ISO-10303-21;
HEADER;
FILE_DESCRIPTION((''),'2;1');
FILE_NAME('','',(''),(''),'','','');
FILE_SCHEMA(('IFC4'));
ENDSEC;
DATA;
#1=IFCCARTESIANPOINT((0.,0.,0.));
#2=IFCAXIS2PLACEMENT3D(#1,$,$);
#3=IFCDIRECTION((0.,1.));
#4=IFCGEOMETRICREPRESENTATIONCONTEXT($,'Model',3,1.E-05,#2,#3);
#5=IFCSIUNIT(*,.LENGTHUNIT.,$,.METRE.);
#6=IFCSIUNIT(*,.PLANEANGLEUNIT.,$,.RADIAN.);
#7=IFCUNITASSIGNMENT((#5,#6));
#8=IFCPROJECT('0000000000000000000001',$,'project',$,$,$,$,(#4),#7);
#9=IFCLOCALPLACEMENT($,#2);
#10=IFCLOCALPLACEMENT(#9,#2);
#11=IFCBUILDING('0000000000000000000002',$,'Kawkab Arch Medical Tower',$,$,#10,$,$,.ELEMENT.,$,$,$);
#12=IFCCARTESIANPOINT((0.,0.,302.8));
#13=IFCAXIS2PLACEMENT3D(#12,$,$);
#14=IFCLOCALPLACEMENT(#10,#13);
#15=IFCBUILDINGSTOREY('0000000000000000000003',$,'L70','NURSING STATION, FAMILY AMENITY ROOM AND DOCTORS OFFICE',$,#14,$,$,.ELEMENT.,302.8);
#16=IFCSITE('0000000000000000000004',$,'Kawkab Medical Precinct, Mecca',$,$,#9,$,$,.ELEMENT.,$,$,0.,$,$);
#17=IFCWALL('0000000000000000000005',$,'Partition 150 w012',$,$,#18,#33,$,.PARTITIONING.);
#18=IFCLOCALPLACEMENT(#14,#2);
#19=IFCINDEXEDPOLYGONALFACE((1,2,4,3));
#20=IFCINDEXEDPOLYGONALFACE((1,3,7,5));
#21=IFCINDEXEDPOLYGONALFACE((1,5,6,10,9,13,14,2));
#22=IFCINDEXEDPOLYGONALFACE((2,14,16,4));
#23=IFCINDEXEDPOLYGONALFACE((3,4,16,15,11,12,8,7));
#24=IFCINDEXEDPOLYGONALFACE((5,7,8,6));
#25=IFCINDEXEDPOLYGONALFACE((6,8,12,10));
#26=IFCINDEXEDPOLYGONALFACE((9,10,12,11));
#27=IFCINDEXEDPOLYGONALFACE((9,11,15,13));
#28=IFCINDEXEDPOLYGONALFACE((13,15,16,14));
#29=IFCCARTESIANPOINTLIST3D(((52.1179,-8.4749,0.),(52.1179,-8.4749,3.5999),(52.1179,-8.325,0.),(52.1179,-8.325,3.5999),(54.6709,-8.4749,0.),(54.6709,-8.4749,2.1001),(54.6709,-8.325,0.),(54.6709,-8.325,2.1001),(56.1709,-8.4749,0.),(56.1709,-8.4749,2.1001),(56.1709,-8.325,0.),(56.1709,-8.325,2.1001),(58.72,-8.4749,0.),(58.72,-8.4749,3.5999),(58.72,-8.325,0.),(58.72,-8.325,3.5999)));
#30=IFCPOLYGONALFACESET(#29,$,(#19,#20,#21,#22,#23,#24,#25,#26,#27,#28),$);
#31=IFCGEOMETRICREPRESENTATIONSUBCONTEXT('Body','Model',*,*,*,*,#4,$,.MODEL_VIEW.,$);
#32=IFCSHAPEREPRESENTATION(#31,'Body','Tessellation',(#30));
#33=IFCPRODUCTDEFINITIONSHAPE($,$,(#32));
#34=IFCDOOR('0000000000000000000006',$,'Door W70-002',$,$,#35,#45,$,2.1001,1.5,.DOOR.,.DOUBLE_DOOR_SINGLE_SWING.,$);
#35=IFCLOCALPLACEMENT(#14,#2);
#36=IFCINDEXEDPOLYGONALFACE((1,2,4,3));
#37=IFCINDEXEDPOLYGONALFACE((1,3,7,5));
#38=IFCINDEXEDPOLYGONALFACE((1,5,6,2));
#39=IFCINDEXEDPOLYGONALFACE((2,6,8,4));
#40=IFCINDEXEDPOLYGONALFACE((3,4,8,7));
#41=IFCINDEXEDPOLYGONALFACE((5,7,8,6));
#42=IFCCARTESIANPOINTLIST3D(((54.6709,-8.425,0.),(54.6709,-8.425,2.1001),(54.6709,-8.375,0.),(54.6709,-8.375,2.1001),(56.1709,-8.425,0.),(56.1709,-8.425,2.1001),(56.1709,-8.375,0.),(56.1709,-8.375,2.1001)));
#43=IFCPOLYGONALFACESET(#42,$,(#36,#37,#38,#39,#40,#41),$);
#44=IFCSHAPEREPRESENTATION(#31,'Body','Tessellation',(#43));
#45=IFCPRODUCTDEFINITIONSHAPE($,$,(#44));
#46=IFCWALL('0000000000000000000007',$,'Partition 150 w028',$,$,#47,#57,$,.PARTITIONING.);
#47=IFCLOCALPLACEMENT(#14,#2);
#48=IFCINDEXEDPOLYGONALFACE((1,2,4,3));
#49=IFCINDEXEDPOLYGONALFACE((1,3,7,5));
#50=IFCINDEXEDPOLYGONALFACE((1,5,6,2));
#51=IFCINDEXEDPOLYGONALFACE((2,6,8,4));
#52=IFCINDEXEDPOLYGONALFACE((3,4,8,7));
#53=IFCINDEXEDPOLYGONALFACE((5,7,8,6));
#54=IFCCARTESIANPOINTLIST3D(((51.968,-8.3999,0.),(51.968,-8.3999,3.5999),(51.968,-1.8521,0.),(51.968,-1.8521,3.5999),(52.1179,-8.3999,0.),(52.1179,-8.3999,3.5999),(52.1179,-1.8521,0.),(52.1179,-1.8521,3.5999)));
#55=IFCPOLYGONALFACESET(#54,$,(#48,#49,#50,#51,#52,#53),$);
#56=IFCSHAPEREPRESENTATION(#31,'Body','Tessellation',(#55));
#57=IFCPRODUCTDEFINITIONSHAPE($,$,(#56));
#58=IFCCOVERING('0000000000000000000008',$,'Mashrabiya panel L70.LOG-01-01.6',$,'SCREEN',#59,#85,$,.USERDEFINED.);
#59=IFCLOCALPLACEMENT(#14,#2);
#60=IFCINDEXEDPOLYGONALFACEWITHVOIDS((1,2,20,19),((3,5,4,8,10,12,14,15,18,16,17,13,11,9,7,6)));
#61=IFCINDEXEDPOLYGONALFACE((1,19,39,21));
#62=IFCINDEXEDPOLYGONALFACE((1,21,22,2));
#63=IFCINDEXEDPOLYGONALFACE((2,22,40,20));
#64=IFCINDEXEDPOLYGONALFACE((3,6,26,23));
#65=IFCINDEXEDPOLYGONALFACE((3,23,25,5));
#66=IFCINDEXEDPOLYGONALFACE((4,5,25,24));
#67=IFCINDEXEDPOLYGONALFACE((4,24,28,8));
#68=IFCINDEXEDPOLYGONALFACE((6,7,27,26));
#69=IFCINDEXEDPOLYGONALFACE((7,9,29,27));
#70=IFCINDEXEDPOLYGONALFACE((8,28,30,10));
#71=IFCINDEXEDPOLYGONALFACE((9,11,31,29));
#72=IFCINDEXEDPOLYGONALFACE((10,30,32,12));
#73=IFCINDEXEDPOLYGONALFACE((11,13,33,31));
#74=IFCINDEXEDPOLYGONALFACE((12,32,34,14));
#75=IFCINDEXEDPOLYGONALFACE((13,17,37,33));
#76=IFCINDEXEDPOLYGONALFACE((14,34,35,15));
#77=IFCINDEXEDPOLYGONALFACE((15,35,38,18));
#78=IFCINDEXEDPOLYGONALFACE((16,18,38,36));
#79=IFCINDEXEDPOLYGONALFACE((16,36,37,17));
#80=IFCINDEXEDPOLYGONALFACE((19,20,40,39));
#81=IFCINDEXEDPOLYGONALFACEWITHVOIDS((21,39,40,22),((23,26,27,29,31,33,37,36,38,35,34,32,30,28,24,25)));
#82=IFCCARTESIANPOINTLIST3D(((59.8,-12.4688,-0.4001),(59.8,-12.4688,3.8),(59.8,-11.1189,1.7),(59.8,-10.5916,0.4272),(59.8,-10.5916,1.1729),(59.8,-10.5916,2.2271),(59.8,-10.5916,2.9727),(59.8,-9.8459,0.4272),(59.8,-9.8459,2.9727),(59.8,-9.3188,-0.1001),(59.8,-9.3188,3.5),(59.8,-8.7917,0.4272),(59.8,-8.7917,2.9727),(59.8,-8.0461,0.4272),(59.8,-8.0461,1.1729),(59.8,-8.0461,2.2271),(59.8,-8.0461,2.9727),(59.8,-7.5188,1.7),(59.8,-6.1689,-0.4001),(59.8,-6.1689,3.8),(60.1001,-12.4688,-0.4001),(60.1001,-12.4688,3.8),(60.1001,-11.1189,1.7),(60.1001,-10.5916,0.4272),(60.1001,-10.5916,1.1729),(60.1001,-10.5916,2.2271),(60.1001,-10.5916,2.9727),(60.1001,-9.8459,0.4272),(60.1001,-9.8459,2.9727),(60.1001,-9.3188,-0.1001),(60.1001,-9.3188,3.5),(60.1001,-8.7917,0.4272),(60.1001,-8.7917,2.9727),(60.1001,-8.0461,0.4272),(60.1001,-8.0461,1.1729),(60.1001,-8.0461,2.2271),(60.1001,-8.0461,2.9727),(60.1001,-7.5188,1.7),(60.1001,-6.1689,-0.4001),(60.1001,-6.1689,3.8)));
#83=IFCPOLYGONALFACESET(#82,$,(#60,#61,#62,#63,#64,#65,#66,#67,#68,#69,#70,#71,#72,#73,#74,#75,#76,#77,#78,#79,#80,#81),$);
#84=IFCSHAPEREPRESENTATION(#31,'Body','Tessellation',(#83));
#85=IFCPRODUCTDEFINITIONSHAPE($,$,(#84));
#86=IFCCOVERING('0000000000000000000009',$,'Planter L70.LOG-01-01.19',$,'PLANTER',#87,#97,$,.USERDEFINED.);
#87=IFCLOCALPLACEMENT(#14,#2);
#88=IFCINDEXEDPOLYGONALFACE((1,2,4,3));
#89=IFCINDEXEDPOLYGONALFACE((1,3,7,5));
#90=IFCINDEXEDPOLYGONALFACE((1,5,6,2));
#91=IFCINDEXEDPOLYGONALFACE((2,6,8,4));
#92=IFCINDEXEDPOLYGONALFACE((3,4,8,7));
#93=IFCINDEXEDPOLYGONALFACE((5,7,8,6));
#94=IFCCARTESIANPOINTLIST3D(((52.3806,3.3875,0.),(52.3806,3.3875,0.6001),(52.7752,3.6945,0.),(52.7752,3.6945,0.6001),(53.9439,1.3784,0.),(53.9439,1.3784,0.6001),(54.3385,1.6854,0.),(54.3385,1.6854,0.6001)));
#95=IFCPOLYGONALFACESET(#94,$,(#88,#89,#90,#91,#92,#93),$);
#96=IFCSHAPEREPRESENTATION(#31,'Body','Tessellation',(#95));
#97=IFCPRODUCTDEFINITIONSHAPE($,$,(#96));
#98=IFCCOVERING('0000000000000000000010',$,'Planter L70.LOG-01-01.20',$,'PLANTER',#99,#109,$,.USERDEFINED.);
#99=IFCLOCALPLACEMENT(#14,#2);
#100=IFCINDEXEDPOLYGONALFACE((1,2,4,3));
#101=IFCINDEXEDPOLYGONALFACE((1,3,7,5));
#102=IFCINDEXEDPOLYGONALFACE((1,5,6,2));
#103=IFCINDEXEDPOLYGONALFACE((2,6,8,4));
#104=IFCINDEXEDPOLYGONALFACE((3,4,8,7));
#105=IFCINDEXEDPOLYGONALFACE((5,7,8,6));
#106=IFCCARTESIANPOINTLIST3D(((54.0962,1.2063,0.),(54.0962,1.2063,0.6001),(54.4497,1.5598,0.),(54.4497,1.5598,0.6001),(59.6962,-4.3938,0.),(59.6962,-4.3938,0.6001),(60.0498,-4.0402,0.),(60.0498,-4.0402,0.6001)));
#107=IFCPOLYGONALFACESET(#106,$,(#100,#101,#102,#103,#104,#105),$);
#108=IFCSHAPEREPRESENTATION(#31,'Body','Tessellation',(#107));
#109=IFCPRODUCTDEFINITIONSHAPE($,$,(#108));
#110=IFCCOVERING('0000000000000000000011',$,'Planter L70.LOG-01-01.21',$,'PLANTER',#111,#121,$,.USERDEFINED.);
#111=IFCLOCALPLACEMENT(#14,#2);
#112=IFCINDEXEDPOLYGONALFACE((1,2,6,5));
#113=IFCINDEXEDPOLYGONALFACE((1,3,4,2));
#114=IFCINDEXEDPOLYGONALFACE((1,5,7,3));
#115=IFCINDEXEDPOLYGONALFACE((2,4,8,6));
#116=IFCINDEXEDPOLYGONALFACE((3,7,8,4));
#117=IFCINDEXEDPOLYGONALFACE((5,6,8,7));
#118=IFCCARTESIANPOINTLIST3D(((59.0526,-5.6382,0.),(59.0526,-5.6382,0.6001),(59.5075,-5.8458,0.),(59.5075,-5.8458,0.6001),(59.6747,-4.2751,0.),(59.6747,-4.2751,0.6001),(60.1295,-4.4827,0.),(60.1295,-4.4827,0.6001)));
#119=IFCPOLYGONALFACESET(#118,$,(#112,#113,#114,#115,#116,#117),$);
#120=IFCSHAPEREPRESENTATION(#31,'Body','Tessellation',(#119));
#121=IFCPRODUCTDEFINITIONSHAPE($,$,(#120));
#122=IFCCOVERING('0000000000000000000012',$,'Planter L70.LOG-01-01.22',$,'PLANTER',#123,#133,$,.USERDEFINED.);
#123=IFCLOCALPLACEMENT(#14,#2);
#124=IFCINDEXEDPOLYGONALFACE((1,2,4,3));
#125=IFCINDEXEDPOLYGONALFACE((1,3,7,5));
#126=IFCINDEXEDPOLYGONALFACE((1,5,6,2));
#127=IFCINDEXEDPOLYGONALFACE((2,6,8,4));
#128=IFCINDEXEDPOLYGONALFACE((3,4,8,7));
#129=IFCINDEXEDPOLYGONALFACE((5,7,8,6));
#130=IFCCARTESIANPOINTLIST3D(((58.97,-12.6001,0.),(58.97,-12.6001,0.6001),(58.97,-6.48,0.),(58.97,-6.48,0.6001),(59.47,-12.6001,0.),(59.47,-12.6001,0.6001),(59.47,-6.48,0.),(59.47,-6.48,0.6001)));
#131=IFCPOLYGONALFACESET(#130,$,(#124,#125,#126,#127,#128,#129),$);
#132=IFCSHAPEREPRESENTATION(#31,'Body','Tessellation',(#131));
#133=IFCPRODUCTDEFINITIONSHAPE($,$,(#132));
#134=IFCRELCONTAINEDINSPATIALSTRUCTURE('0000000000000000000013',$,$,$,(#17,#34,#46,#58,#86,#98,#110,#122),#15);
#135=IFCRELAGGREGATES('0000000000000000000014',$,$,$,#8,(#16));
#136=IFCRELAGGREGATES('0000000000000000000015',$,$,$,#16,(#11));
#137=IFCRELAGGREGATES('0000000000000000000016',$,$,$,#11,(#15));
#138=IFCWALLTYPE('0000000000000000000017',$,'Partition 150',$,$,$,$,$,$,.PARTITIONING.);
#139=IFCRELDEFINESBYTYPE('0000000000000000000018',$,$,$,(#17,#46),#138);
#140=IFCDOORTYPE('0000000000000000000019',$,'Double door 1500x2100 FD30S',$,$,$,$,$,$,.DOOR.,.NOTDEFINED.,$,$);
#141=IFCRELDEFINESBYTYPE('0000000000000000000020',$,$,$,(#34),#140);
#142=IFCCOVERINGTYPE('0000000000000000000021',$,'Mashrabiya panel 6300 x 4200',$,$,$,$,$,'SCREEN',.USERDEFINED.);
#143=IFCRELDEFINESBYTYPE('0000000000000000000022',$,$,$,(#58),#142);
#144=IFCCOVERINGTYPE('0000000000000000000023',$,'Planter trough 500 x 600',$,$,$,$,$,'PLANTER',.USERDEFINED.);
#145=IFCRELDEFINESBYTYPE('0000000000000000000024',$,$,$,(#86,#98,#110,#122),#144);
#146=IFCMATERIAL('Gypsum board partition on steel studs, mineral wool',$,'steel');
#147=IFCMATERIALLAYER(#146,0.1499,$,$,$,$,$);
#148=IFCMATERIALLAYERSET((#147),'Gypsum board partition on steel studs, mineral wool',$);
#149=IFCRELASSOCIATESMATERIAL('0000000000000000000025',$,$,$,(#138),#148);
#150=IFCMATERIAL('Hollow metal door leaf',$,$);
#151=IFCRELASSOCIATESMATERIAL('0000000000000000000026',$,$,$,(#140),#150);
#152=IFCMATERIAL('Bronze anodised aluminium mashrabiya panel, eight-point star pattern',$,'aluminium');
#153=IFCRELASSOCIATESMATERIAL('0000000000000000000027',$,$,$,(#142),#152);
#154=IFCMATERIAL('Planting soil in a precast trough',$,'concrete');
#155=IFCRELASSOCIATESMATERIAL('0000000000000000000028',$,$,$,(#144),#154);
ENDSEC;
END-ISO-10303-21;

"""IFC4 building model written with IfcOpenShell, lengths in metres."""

from ifc_helpers import new_model, si_unit, direction, frame, frame_2d, origin, origin_2d, place, context, subcontext, project, spatial, polyline, rectangle, outline, extrude, material, layer, layer_set, material_profile, profile_set, type_object, element, fill, save


model = new_model("IFC4")

# Units and contexts
model_context = context("Model", 3, precision=1e-05, world=origin(), true_north=direction((0.0, 1.0)))
body_context = subcontext(model_context, "Body", "Model", "MODEL_VIEW")
ifc_project = project(units=[si_unit("LENGTHUNIT", "METRE"), si_unit("PLANEANGLEUNIT", "RADIAN")], contexts=[model_context])

# Site, building, storey
site_placement = place(None, origin())
site = spatial("IfcSite", under=ifc_project, at=site_placement, Name="Kawkab Medical Precinct, Mecca", CompositionType="ELEMENT", RefElevation=0.0)
building_placement = place(site_placement, origin())
building = spatial("IfcBuilding", under=site, at=building_placement, Name="Kawkab Arch Medical Tower", CompositionType="ELEMENT")
storey_placement = place(building_placement, frame((0.0, 0.0, 302.8)))
storey = spatial("IfcBuildingStorey", under=building, at=storey_placement, Name="L70", Description="NURSING STATION, FAMILY AMENITY ROOM AND DOCTORS OFFICE", CompositionType="ELEMENT", Elevation=302.8)

# Wall, opening, door
ifc_material_1 = material(Name="Gypsum board partition on steel studs, mineral wool", Category="steel")
ifc_layer_1 = layer(ifc_material_1, 0.1499)
ifc_layer_set_1 = layer_set([ifc_layer_1], Name="Gypsum board partition on steel studs, mineral wool")
wall_type = type_object("IfcWallType", Name="Partition 150", PredefinedType="PARTITIONING", material=ifc_layer_set_1)
wall_1_placement = place(storey_placement, frame((52.1179, -8.3999, 0.0), z_axis=(0.0, 0.0, 1.0), x_axis=(1.0, 0.0, 0.0)))
wall_1 = element("IfcWall", 1, at=wall_1_placement, inside=storey, type_object=wall_type, Name="Partition 150 w012", PredefinedType="PARTITIONING", context=body_context, shape_type="SweptSolid", body=[
    extrude(rectangle(XDim=6.6021, YDim=0.1499, at=frame_2d((3.301, 0.0))), origin(), (0.0, 0.0, 1.0), 3.5999),
])
opening_placement = place(wall_1_placement, frame((2.553, 0.0, 0.0)))
opening = element("IfcOpeningElement", 2, at=opening_placement, cuts=wall_1, PredefinedType="OPENING", context=body_context, shape_type="SweptSolid", body=[
    extrude(rectangle(XDim=1.5, YDim=2.1001, at=frame_2d((0.75, 1.05))), frame((0.0, 0.085, 0.0), z_axis=(0.0, -1.0, 0.0), x_axis=(1.0, 0.0, 0.0)), (0.0, 0.0, 1.0), 0.1699),
])
ifc_material_2 = material(Name="Hollow metal door leaf")
door_type = type_object("IfcDoorType", Name="Double door 1500x2100 FD30S", OperationType="NOTDEFINED", PredefinedType="DOOR", material=ifc_material_2)
door_placement = place(opening_placement, origin())
door = element("IfcDoor", 3, at=door_placement, inside=storey, type_object=door_type, Name="Door W70-002", OperationType="DOUBLE_DOOR_SINGLE_SWING", OverallHeight=2.1001, OverallWidth=1.5, PredefinedType="DOOR", context=body_context, shape_type="SweptSolid", body=[
    extrude(rectangle(XDim=1.5, YDim=2.1001, at=frame_2d((0.75, 1.05))), frame((0.0, 0.0249, 0.0), z_axis=(0.0, -1.0, 0.0), x_axis=(1.0, 0.0, 0.0)), (0.0, 0.0, 1.0), 0.05),
])
fill(opening, door)

# Wall
wall_2_placement = place(storey_placement, frame((52.043, -8.3999, 0.0), z_axis=(0.0, 0.0, 1.0), x_axis=(0.0, 1.0, 0.0)))
element("IfcWall", 4, at=wall_2_placement, inside=storey, type_object=wall_type, Name="Partition 150 w028", PredefinedType="PARTITIONING", context=body_context, shape_type="SweptSolid", body=[
    extrude(rectangle(XDim=6.5479, YDim=0.1499, at=frame_2d((3.2739, 0.0))), origin(), (0.0, 0.0, 1.0), 3.5999),
])

# Coverings
ifc_material_3 = material(Name="Bronze anodised aluminium mashrabiya panel, eight-point star pattern", Category="aluminium")
ifc_material_profile_1 = material_profile(ifc_material_3, outline(polyline([(-3.1499, -2.1001), (3.1499, -2.1001), (3.1499, 2.1001), (-3.1499, 2.1001), (-3.1499, -2.1001)]), holes=[polyline([(1.8, 0.0), (1.2727, 0.5271), (1.2727, 1.2727), (0.5271, 1.2727), (0.0, 1.8), (-0.5271, 1.2727), (-1.2727, 1.2727), (-1.2727, 0.5271), (-1.8, 0.0), (-1.2727, -0.5271), (-1.2727, -1.2727), (-0.5271, -1.2727), (0.0, -1.8), (0.5271, -1.2727), (1.2727, -1.2727), (1.2727, -0.5271), (1.8, 0.0)])]), Name="Mashrabiya panel 6300x4200")
ifc_profile_set_1 = profile_set([ifc_material_profile_1], Name="Bronze anodised aluminium mashrabiya panel, eight-point star pattern")
covering_type_1 = type_object("IfcCoveringType", Name="Mashrabiya panel 6300 x 4200", ElementType="SCREEN", PredefinedType="USERDEFINED", material=ifc_profile_set_1)
covering_1_placement = place(storey_placement, frame((59.8, -9.3188, 1.7), z_axis=(1.0, 0.0, 0.0), x_axis=(0.0, 1.0, 0.0)))
element("IfcCovering", 5, at=covering_1_placement, inside=storey, type_object=covering_type_1, Name="Mashrabiya panel L70.LOG-01-01.6", ObjectType="SCREEN", PredefinedType="USERDEFINED", context=body_context, shape_type="SweptSolid", body=[
    extrude(outline(polyline([(-3.1499, -2.1001), (3.1499, -2.1001), (3.1499, 2.1001), (-3.1499, 2.1001), (-3.1499, -2.1001)]), holes=[polyline([(1.8, 0.0), (1.2727, 0.5271), (1.2727, 1.2727), (0.5271, 1.2727), (0.0, 1.8), (-0.5271, 1.2727), (-1.2727, 1.2727), (-1.2727, 0.5271), (-1.8, 0.0), (-1.2727, -0.5271), (-1.2727, -1.2727), (-0.5271, -1.2727), (0.0, -1.8), (0.5271, -1.2727), (1.2727, -1.2727), (1.2727, -0.5271), (1.8, 0.0)])]), origin(), (0.0, 0.0, 1.0), 0.3),
])
ifc_material_4 = material(Name="Planting soil in a precast trough", Category="concrete")
ifc_material_profile_2 = material_profile(ifc_material_4, rectangle(XDim=0.5, YDim=0.6001, at=origin_2d()), Name="Trough 500x600")
ifc_profile_set_2 = profile_set([ifc_material_profile_2], Name="Planting soil in a precast trough")
covering_type_2 = type_object("IfcCoveringType", Name="Planter trough 500 x 600", ElementType="PLANTER", PredefinedType="USERDEFINED", material=ifc_profile_set_2)
covering_2_placement = place(storey_placement, frame((52.5779, 3.541, 0.3), z_axis=(0.6141, -0.789228, 0.0), x_axis=(0.789228, 0.6141, 0.0)))
element("IfcCovering", 6, at=covering_2_placement, inside=storey, type_object=covering_type_2, Name="Planter L70.LOG-01-01.19", ObjectType="PLANTER", PredefinedType="USERDEFINED", context=body_context, shape_type="SweptSolid", body=[
    extrude(rectangle(XDim=0.5, YDim=0.6001, at=origin_2d()), origin(), (0.0, 0.0, 1.0), 2.5457),
])
covering_3_placement = place(storey_placement, frame((54.2729, 1.3831, 0.3), z_axis=(0.707107, -0.707107, 0.0), x_axis=(0.707107, 0.707107, 0.0)))
element("IfcCovering", 7, at=covering_3_placement, inside=storey, type_object=covering_type_2, Name="Planter L70.LOG-01-01.20", ObjectType="PLANTER", PredefinedType="USERDEFINED", context=body_context, shape_type="SweptSolid", body=[
    extrude(rectangle(XDim=0.5, YDim=0.6001, at=origin_2d()), origin(), (0.0, 0.0, 1.0), 7.9197),
])
covering_4_placement = place(storey_placement, frame((59.9021, -4.3789, 0.3), z_axis=(-0.41519, -0.909735, 0.0), x_axis=(0.909735, -0.41519, 0.0)))
element("IfcCovering", 8, at=covering_4_placement, inside=storey, type_object=covering_type_2, Name="Planter L70.LOG-01-01.21", ObjectType="PLANTER", PredefinedType="USERDEFINED", context=body_context, shape_type="SweptSolid", body=[
    extrude(rectangle(XDim=0.5, YDim=0.6001, at=origin_2d()), origin(), (0.0, 0.0, 1.0), 1.4983),
])
covering_5_placement = place(storey_placement, frame((59.22, -6.48, 0.3), z_axis=(0.0, -1.0, 0.0), x_axis=(1.0, 0.0, 0.0)))
element("IfcCovering", 9, at=covering_5_placement, inside=storey, type_object=covering_type_2, Name="Planter L70.LOG-01-01.22", ObjectType="PLANTER", PredefinedType="USERDEFINED", context=body_context, shape_type="SweptSolid", body=[
    extrude(rectangle(XDim=0.5, YDim=0.6001, at=origin_2d()), origin(), (0.0, 0.0, 1.0), 6.1201),
])

save(model, "model.ifc")
